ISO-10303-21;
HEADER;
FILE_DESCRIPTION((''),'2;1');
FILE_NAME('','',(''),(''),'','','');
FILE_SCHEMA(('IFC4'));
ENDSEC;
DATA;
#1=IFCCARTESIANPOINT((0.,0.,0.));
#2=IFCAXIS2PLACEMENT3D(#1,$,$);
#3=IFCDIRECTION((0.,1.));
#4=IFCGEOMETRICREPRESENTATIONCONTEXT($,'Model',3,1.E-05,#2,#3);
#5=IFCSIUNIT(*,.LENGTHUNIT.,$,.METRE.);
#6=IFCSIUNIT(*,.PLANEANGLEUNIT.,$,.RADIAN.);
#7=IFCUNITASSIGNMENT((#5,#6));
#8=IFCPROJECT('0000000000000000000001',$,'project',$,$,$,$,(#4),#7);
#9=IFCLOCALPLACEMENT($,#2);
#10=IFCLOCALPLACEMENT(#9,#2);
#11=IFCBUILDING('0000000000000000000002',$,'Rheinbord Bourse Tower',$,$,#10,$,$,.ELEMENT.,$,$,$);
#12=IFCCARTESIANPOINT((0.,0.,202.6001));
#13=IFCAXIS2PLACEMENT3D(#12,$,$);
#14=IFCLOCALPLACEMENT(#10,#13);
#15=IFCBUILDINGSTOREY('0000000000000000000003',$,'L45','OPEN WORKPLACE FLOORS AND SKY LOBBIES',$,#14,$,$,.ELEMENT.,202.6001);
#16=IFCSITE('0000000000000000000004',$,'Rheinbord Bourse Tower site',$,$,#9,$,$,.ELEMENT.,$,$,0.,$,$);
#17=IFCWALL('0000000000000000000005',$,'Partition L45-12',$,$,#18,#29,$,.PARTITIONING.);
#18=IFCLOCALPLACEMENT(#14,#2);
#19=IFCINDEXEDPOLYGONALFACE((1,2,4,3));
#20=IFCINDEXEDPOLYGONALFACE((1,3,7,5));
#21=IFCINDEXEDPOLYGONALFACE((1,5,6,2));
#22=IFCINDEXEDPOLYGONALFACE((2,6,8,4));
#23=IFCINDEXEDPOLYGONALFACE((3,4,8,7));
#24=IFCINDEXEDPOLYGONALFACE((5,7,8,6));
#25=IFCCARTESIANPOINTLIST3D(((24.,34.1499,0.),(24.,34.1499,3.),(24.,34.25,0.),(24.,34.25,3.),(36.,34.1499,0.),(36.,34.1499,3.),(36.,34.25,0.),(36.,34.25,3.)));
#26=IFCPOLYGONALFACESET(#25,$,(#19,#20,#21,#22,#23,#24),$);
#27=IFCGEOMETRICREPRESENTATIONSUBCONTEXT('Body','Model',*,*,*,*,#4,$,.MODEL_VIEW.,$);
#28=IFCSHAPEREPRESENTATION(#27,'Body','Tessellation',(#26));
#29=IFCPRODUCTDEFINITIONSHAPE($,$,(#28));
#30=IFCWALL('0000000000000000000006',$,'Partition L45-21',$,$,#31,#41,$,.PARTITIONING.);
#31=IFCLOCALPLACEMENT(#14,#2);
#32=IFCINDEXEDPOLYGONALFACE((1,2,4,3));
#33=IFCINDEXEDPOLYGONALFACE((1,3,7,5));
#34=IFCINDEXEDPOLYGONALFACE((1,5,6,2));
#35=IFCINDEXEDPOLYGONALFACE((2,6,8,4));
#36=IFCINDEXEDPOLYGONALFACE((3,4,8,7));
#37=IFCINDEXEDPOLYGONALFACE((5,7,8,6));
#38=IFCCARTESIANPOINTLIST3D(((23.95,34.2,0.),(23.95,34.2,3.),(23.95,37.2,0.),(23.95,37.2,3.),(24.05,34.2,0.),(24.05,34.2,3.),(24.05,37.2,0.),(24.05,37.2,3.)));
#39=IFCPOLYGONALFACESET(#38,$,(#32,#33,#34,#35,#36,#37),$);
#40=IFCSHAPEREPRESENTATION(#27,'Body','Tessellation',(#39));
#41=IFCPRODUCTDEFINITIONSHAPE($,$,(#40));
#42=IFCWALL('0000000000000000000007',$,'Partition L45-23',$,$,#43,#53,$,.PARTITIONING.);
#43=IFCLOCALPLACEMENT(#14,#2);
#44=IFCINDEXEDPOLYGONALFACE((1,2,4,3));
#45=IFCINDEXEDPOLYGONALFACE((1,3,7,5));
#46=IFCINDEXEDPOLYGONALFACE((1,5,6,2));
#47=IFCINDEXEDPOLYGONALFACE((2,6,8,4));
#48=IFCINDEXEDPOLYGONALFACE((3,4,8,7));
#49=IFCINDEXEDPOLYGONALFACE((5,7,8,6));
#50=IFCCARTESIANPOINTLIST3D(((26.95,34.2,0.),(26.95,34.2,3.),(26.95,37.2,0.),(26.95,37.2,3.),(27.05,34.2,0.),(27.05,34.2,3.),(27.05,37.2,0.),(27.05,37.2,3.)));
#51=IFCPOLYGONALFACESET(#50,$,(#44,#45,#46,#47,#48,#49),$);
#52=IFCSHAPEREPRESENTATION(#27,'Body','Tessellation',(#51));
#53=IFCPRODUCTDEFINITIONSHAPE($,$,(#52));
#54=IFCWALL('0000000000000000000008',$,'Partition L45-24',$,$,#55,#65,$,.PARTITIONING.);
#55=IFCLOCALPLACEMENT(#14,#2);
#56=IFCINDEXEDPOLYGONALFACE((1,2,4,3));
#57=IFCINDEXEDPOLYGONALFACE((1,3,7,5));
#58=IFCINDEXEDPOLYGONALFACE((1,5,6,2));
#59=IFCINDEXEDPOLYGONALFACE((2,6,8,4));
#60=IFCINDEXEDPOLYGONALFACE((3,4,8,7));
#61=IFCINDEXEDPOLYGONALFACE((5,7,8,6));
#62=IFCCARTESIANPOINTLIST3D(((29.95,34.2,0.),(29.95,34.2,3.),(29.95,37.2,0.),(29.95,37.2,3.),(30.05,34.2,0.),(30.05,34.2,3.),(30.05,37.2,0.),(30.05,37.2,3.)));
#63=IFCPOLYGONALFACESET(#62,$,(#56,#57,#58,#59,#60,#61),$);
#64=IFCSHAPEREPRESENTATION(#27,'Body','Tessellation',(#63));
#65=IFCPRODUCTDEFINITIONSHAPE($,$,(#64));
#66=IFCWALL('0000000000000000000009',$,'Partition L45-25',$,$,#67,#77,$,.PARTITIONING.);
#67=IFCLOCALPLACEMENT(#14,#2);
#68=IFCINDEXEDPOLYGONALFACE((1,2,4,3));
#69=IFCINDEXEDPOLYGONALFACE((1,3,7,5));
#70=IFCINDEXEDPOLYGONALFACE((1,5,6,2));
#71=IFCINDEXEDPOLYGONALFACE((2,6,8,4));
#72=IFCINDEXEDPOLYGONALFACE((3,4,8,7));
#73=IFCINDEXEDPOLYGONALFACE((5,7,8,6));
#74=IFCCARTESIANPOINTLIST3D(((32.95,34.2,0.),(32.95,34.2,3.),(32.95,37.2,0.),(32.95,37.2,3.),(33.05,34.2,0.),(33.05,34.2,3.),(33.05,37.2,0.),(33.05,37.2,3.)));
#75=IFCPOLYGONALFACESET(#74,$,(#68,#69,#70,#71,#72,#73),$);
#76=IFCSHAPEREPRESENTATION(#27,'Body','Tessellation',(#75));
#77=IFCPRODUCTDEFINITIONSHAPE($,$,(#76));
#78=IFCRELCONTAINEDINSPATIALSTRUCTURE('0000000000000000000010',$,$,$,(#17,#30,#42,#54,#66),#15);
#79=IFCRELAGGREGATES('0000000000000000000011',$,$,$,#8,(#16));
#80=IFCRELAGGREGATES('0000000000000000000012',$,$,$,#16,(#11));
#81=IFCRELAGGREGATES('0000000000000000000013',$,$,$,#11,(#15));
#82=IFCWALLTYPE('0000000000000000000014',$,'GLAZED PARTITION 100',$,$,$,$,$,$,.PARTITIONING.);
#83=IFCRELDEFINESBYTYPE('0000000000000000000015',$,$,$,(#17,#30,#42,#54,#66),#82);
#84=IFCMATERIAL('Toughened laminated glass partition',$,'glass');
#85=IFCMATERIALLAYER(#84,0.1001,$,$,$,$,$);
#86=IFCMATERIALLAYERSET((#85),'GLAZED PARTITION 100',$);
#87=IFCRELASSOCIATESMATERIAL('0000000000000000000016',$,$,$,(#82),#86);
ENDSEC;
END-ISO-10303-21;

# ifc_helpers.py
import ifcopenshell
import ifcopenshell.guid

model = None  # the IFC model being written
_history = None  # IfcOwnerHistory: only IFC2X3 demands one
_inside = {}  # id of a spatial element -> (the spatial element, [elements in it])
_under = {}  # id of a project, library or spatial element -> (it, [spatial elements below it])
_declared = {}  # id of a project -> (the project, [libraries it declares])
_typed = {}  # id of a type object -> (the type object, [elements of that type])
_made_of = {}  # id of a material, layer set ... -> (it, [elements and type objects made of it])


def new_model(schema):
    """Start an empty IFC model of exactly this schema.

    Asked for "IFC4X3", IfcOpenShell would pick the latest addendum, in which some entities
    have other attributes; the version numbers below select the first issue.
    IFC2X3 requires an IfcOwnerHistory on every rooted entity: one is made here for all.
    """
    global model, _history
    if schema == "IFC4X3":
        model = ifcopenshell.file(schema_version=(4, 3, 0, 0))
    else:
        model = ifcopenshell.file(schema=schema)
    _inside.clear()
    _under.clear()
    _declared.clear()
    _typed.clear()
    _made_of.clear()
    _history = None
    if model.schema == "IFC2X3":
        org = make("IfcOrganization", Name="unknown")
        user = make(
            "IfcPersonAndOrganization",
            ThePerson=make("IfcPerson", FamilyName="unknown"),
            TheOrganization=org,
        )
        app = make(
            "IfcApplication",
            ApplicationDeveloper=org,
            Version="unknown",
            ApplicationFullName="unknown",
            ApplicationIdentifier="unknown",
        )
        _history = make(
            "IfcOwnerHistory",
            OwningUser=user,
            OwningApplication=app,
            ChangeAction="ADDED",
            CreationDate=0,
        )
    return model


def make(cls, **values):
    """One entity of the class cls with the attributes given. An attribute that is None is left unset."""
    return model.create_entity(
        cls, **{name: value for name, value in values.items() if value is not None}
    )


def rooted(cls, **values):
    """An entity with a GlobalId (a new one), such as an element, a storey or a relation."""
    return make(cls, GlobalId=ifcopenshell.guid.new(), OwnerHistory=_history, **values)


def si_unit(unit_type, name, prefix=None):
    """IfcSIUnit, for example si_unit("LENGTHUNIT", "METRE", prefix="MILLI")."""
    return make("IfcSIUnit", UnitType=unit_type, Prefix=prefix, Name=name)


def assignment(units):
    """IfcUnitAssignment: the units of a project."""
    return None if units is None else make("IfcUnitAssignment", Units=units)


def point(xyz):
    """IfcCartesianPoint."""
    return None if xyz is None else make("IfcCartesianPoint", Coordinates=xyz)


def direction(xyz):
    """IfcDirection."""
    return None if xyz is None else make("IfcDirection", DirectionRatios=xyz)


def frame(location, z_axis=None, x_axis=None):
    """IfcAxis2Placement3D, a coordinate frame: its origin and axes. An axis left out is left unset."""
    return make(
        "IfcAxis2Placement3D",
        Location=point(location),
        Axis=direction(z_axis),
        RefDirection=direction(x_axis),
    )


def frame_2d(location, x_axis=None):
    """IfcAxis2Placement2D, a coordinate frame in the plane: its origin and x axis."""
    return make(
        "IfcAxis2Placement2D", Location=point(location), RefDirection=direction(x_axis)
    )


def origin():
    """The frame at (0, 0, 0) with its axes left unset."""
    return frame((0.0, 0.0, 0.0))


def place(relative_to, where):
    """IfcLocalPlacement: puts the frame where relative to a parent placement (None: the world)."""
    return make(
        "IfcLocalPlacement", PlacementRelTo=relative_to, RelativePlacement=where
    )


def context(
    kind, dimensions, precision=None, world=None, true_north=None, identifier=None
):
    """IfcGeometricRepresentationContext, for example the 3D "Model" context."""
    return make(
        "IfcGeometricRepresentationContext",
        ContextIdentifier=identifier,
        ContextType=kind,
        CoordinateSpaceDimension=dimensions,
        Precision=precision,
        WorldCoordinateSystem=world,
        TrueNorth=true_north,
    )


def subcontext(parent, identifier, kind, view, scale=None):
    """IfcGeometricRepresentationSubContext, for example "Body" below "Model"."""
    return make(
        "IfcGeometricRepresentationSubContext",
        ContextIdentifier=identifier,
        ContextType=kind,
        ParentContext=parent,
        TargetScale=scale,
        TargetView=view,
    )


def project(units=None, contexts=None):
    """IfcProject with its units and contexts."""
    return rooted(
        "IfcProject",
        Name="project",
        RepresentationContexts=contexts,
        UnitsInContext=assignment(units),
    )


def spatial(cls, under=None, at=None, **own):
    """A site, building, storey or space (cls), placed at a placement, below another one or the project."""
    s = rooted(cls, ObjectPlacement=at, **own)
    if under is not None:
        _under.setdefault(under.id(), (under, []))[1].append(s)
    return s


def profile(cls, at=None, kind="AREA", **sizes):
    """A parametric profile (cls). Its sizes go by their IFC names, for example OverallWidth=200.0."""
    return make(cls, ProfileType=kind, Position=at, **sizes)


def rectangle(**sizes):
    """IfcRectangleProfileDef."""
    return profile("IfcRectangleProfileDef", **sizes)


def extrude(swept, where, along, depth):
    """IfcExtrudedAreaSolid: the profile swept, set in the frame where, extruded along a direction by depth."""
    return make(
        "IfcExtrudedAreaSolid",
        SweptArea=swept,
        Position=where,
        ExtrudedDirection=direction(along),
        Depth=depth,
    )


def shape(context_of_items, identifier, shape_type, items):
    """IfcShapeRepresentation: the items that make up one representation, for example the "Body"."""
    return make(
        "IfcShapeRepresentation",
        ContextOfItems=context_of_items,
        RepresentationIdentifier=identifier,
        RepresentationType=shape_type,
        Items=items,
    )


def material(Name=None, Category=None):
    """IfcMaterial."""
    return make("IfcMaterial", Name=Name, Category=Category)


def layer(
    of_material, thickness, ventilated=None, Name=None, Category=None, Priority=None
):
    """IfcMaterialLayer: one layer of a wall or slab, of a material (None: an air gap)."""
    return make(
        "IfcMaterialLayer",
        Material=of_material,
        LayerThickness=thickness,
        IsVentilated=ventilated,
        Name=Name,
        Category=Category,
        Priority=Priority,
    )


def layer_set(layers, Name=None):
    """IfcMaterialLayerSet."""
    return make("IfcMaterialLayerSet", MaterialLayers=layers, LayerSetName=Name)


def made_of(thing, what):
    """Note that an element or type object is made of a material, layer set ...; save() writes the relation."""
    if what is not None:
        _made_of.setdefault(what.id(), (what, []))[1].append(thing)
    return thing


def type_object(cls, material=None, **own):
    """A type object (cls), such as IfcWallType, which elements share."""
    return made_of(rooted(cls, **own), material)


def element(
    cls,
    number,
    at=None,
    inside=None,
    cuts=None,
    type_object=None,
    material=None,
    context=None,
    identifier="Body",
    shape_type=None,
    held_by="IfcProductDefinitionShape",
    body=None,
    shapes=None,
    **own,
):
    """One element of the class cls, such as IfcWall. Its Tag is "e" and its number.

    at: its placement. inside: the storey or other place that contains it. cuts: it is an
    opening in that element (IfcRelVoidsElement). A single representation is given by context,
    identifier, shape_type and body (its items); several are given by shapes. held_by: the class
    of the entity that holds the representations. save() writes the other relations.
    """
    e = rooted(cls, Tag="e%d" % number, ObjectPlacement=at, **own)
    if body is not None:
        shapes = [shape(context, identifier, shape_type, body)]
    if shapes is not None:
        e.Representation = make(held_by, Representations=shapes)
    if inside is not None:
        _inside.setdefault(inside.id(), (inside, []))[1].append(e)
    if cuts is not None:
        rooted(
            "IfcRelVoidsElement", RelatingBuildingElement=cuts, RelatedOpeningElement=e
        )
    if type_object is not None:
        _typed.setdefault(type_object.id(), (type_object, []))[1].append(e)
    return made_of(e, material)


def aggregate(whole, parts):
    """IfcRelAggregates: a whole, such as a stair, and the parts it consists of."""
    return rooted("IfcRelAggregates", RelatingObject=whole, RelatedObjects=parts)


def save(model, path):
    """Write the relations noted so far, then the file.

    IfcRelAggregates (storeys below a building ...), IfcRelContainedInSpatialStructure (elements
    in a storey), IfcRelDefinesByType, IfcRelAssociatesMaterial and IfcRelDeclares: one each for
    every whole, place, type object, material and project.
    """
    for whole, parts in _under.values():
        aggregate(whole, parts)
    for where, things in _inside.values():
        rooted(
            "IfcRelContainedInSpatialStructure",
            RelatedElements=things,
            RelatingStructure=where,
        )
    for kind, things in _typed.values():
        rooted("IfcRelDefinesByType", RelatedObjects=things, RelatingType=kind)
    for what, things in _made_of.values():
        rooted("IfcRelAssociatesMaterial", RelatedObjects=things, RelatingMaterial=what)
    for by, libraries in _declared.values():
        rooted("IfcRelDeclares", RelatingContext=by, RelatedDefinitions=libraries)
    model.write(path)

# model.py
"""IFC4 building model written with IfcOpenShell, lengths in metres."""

from ifc_helpers import new_model, si_unit, direction, frame, frame_2d, origin, place, context, subcontext, project, spatial, rectangle, extrude, material, layer, layer_set, type_object, element, save


model = new_model("IFC4")

# Units and contexts
model_context = context("Model", 3, precision=1e-05, world=origin(), true_north=direction((0.0, 1.0)))
body_context = subcontext(model_context, "Body", "Model", "MODEL_VIEW")
ifc_project = project(units=[si_unit("LENGTHUNIT", "METRE"), si_unit("PLANEANGLEUNIT", "RADIAN")], contexts=[model_context])

# Site, building, storey
site_placement = place(None, origin())
site = spatial("IfcSite", under=ifc_project, at=site_placement, Name="Rheinbord Bourse Tower site", CompositionType="ELEMENT", RefElevation=0.0)
building_placement = place(site_placement, origin())
building = spatial("IfcBuilding", under=site, at=building_placement, Name="Rheinbord Bourse Tower", CompositionType="ELEMENT")
storey_placement = place(building_placement, frame((0.0, 0.0, 202.6001)))
storey = spatial("IfcBuildingStorey", under=building, at=storey_placement, Name="L45", Description="OPEN WORKPLACE FLOORS AND SKY LOBBIES", CompositionType="ELEMENT", Elevation=202.6001)

# Walls
ifc_material_1 = material(Name="Toughened laminated glass partition", Category="glass")
ifc_layer_1 = layer(ifc_material_1, 0.1001)
ifc_layer_set_1 = layer_set([ifc_layer_1], Name="GLAZED PARTITION 100")
wall_type_1 = type_object("IfcWallType", Name="GLAZED PARTITION 100", PredefinedType="PARTITIONING", material=ifc_layer_set_1)
wall_1_placement = place(storey_placement, frame((24.0, 34.2, 0.0), z_axis=(0.0, 0.0, 1.0), x_axis=(1.0, 0.0, 0.0)))
element("IfcWall", 1, at=wall_1_placement, inside=storey, type_object=wall_type_1, Name="Partition L45-12", PredefinedType="PARTITIONING", context=body_context, shape_type="SweptSolid", body=[
    extrude(rectangle(XDim=12.0, YDim=0.1001, at=frame_2d((6.0, 0.0))), origin(), (0.0, 0.0, 1.0), 3.0),
])
for number, where, z_axis, x_axis, name in (
    (2, (24.0, 34.2, 0.0), (0.0, 0.0, 1.0), (0.0, 1.0, 0.0), "Partition L45-21"),
    (3, (27.0, 34.2, 0.0), (0.0, 0.0, 1.0), (0.0, 1.0, 0.0), "Partition L45-23"),
    (4, (30.0, 34.2, 0.0), (0.0, 0.0, 1.0), (0.0, 1.0, 0.0), "Partition L45-24"),
    (5, (33.0, 34.2, 0.0), (0.0, 0.0, 1.0), (0.0, 1.0, 0.0), "Partition L45-25"),
):
    element("IfcWall", number, at=place(storey_placement, frame(where, z_axis=z_axis, x_axis=x_axis)), inside=storey, type_object=wall_type_1, Name=name, PredefinedType="PARTITIONING", context=body_context, shape_type="SweptSolid", body=[
        extrude(rectangle(XDim=3.0, YDim=0.1001, at=frame_2d((1.5, 0.0))), origin(), (0.0, 0.0, 1.0), 3.0),
    ])

save(model, "model.ifc")
